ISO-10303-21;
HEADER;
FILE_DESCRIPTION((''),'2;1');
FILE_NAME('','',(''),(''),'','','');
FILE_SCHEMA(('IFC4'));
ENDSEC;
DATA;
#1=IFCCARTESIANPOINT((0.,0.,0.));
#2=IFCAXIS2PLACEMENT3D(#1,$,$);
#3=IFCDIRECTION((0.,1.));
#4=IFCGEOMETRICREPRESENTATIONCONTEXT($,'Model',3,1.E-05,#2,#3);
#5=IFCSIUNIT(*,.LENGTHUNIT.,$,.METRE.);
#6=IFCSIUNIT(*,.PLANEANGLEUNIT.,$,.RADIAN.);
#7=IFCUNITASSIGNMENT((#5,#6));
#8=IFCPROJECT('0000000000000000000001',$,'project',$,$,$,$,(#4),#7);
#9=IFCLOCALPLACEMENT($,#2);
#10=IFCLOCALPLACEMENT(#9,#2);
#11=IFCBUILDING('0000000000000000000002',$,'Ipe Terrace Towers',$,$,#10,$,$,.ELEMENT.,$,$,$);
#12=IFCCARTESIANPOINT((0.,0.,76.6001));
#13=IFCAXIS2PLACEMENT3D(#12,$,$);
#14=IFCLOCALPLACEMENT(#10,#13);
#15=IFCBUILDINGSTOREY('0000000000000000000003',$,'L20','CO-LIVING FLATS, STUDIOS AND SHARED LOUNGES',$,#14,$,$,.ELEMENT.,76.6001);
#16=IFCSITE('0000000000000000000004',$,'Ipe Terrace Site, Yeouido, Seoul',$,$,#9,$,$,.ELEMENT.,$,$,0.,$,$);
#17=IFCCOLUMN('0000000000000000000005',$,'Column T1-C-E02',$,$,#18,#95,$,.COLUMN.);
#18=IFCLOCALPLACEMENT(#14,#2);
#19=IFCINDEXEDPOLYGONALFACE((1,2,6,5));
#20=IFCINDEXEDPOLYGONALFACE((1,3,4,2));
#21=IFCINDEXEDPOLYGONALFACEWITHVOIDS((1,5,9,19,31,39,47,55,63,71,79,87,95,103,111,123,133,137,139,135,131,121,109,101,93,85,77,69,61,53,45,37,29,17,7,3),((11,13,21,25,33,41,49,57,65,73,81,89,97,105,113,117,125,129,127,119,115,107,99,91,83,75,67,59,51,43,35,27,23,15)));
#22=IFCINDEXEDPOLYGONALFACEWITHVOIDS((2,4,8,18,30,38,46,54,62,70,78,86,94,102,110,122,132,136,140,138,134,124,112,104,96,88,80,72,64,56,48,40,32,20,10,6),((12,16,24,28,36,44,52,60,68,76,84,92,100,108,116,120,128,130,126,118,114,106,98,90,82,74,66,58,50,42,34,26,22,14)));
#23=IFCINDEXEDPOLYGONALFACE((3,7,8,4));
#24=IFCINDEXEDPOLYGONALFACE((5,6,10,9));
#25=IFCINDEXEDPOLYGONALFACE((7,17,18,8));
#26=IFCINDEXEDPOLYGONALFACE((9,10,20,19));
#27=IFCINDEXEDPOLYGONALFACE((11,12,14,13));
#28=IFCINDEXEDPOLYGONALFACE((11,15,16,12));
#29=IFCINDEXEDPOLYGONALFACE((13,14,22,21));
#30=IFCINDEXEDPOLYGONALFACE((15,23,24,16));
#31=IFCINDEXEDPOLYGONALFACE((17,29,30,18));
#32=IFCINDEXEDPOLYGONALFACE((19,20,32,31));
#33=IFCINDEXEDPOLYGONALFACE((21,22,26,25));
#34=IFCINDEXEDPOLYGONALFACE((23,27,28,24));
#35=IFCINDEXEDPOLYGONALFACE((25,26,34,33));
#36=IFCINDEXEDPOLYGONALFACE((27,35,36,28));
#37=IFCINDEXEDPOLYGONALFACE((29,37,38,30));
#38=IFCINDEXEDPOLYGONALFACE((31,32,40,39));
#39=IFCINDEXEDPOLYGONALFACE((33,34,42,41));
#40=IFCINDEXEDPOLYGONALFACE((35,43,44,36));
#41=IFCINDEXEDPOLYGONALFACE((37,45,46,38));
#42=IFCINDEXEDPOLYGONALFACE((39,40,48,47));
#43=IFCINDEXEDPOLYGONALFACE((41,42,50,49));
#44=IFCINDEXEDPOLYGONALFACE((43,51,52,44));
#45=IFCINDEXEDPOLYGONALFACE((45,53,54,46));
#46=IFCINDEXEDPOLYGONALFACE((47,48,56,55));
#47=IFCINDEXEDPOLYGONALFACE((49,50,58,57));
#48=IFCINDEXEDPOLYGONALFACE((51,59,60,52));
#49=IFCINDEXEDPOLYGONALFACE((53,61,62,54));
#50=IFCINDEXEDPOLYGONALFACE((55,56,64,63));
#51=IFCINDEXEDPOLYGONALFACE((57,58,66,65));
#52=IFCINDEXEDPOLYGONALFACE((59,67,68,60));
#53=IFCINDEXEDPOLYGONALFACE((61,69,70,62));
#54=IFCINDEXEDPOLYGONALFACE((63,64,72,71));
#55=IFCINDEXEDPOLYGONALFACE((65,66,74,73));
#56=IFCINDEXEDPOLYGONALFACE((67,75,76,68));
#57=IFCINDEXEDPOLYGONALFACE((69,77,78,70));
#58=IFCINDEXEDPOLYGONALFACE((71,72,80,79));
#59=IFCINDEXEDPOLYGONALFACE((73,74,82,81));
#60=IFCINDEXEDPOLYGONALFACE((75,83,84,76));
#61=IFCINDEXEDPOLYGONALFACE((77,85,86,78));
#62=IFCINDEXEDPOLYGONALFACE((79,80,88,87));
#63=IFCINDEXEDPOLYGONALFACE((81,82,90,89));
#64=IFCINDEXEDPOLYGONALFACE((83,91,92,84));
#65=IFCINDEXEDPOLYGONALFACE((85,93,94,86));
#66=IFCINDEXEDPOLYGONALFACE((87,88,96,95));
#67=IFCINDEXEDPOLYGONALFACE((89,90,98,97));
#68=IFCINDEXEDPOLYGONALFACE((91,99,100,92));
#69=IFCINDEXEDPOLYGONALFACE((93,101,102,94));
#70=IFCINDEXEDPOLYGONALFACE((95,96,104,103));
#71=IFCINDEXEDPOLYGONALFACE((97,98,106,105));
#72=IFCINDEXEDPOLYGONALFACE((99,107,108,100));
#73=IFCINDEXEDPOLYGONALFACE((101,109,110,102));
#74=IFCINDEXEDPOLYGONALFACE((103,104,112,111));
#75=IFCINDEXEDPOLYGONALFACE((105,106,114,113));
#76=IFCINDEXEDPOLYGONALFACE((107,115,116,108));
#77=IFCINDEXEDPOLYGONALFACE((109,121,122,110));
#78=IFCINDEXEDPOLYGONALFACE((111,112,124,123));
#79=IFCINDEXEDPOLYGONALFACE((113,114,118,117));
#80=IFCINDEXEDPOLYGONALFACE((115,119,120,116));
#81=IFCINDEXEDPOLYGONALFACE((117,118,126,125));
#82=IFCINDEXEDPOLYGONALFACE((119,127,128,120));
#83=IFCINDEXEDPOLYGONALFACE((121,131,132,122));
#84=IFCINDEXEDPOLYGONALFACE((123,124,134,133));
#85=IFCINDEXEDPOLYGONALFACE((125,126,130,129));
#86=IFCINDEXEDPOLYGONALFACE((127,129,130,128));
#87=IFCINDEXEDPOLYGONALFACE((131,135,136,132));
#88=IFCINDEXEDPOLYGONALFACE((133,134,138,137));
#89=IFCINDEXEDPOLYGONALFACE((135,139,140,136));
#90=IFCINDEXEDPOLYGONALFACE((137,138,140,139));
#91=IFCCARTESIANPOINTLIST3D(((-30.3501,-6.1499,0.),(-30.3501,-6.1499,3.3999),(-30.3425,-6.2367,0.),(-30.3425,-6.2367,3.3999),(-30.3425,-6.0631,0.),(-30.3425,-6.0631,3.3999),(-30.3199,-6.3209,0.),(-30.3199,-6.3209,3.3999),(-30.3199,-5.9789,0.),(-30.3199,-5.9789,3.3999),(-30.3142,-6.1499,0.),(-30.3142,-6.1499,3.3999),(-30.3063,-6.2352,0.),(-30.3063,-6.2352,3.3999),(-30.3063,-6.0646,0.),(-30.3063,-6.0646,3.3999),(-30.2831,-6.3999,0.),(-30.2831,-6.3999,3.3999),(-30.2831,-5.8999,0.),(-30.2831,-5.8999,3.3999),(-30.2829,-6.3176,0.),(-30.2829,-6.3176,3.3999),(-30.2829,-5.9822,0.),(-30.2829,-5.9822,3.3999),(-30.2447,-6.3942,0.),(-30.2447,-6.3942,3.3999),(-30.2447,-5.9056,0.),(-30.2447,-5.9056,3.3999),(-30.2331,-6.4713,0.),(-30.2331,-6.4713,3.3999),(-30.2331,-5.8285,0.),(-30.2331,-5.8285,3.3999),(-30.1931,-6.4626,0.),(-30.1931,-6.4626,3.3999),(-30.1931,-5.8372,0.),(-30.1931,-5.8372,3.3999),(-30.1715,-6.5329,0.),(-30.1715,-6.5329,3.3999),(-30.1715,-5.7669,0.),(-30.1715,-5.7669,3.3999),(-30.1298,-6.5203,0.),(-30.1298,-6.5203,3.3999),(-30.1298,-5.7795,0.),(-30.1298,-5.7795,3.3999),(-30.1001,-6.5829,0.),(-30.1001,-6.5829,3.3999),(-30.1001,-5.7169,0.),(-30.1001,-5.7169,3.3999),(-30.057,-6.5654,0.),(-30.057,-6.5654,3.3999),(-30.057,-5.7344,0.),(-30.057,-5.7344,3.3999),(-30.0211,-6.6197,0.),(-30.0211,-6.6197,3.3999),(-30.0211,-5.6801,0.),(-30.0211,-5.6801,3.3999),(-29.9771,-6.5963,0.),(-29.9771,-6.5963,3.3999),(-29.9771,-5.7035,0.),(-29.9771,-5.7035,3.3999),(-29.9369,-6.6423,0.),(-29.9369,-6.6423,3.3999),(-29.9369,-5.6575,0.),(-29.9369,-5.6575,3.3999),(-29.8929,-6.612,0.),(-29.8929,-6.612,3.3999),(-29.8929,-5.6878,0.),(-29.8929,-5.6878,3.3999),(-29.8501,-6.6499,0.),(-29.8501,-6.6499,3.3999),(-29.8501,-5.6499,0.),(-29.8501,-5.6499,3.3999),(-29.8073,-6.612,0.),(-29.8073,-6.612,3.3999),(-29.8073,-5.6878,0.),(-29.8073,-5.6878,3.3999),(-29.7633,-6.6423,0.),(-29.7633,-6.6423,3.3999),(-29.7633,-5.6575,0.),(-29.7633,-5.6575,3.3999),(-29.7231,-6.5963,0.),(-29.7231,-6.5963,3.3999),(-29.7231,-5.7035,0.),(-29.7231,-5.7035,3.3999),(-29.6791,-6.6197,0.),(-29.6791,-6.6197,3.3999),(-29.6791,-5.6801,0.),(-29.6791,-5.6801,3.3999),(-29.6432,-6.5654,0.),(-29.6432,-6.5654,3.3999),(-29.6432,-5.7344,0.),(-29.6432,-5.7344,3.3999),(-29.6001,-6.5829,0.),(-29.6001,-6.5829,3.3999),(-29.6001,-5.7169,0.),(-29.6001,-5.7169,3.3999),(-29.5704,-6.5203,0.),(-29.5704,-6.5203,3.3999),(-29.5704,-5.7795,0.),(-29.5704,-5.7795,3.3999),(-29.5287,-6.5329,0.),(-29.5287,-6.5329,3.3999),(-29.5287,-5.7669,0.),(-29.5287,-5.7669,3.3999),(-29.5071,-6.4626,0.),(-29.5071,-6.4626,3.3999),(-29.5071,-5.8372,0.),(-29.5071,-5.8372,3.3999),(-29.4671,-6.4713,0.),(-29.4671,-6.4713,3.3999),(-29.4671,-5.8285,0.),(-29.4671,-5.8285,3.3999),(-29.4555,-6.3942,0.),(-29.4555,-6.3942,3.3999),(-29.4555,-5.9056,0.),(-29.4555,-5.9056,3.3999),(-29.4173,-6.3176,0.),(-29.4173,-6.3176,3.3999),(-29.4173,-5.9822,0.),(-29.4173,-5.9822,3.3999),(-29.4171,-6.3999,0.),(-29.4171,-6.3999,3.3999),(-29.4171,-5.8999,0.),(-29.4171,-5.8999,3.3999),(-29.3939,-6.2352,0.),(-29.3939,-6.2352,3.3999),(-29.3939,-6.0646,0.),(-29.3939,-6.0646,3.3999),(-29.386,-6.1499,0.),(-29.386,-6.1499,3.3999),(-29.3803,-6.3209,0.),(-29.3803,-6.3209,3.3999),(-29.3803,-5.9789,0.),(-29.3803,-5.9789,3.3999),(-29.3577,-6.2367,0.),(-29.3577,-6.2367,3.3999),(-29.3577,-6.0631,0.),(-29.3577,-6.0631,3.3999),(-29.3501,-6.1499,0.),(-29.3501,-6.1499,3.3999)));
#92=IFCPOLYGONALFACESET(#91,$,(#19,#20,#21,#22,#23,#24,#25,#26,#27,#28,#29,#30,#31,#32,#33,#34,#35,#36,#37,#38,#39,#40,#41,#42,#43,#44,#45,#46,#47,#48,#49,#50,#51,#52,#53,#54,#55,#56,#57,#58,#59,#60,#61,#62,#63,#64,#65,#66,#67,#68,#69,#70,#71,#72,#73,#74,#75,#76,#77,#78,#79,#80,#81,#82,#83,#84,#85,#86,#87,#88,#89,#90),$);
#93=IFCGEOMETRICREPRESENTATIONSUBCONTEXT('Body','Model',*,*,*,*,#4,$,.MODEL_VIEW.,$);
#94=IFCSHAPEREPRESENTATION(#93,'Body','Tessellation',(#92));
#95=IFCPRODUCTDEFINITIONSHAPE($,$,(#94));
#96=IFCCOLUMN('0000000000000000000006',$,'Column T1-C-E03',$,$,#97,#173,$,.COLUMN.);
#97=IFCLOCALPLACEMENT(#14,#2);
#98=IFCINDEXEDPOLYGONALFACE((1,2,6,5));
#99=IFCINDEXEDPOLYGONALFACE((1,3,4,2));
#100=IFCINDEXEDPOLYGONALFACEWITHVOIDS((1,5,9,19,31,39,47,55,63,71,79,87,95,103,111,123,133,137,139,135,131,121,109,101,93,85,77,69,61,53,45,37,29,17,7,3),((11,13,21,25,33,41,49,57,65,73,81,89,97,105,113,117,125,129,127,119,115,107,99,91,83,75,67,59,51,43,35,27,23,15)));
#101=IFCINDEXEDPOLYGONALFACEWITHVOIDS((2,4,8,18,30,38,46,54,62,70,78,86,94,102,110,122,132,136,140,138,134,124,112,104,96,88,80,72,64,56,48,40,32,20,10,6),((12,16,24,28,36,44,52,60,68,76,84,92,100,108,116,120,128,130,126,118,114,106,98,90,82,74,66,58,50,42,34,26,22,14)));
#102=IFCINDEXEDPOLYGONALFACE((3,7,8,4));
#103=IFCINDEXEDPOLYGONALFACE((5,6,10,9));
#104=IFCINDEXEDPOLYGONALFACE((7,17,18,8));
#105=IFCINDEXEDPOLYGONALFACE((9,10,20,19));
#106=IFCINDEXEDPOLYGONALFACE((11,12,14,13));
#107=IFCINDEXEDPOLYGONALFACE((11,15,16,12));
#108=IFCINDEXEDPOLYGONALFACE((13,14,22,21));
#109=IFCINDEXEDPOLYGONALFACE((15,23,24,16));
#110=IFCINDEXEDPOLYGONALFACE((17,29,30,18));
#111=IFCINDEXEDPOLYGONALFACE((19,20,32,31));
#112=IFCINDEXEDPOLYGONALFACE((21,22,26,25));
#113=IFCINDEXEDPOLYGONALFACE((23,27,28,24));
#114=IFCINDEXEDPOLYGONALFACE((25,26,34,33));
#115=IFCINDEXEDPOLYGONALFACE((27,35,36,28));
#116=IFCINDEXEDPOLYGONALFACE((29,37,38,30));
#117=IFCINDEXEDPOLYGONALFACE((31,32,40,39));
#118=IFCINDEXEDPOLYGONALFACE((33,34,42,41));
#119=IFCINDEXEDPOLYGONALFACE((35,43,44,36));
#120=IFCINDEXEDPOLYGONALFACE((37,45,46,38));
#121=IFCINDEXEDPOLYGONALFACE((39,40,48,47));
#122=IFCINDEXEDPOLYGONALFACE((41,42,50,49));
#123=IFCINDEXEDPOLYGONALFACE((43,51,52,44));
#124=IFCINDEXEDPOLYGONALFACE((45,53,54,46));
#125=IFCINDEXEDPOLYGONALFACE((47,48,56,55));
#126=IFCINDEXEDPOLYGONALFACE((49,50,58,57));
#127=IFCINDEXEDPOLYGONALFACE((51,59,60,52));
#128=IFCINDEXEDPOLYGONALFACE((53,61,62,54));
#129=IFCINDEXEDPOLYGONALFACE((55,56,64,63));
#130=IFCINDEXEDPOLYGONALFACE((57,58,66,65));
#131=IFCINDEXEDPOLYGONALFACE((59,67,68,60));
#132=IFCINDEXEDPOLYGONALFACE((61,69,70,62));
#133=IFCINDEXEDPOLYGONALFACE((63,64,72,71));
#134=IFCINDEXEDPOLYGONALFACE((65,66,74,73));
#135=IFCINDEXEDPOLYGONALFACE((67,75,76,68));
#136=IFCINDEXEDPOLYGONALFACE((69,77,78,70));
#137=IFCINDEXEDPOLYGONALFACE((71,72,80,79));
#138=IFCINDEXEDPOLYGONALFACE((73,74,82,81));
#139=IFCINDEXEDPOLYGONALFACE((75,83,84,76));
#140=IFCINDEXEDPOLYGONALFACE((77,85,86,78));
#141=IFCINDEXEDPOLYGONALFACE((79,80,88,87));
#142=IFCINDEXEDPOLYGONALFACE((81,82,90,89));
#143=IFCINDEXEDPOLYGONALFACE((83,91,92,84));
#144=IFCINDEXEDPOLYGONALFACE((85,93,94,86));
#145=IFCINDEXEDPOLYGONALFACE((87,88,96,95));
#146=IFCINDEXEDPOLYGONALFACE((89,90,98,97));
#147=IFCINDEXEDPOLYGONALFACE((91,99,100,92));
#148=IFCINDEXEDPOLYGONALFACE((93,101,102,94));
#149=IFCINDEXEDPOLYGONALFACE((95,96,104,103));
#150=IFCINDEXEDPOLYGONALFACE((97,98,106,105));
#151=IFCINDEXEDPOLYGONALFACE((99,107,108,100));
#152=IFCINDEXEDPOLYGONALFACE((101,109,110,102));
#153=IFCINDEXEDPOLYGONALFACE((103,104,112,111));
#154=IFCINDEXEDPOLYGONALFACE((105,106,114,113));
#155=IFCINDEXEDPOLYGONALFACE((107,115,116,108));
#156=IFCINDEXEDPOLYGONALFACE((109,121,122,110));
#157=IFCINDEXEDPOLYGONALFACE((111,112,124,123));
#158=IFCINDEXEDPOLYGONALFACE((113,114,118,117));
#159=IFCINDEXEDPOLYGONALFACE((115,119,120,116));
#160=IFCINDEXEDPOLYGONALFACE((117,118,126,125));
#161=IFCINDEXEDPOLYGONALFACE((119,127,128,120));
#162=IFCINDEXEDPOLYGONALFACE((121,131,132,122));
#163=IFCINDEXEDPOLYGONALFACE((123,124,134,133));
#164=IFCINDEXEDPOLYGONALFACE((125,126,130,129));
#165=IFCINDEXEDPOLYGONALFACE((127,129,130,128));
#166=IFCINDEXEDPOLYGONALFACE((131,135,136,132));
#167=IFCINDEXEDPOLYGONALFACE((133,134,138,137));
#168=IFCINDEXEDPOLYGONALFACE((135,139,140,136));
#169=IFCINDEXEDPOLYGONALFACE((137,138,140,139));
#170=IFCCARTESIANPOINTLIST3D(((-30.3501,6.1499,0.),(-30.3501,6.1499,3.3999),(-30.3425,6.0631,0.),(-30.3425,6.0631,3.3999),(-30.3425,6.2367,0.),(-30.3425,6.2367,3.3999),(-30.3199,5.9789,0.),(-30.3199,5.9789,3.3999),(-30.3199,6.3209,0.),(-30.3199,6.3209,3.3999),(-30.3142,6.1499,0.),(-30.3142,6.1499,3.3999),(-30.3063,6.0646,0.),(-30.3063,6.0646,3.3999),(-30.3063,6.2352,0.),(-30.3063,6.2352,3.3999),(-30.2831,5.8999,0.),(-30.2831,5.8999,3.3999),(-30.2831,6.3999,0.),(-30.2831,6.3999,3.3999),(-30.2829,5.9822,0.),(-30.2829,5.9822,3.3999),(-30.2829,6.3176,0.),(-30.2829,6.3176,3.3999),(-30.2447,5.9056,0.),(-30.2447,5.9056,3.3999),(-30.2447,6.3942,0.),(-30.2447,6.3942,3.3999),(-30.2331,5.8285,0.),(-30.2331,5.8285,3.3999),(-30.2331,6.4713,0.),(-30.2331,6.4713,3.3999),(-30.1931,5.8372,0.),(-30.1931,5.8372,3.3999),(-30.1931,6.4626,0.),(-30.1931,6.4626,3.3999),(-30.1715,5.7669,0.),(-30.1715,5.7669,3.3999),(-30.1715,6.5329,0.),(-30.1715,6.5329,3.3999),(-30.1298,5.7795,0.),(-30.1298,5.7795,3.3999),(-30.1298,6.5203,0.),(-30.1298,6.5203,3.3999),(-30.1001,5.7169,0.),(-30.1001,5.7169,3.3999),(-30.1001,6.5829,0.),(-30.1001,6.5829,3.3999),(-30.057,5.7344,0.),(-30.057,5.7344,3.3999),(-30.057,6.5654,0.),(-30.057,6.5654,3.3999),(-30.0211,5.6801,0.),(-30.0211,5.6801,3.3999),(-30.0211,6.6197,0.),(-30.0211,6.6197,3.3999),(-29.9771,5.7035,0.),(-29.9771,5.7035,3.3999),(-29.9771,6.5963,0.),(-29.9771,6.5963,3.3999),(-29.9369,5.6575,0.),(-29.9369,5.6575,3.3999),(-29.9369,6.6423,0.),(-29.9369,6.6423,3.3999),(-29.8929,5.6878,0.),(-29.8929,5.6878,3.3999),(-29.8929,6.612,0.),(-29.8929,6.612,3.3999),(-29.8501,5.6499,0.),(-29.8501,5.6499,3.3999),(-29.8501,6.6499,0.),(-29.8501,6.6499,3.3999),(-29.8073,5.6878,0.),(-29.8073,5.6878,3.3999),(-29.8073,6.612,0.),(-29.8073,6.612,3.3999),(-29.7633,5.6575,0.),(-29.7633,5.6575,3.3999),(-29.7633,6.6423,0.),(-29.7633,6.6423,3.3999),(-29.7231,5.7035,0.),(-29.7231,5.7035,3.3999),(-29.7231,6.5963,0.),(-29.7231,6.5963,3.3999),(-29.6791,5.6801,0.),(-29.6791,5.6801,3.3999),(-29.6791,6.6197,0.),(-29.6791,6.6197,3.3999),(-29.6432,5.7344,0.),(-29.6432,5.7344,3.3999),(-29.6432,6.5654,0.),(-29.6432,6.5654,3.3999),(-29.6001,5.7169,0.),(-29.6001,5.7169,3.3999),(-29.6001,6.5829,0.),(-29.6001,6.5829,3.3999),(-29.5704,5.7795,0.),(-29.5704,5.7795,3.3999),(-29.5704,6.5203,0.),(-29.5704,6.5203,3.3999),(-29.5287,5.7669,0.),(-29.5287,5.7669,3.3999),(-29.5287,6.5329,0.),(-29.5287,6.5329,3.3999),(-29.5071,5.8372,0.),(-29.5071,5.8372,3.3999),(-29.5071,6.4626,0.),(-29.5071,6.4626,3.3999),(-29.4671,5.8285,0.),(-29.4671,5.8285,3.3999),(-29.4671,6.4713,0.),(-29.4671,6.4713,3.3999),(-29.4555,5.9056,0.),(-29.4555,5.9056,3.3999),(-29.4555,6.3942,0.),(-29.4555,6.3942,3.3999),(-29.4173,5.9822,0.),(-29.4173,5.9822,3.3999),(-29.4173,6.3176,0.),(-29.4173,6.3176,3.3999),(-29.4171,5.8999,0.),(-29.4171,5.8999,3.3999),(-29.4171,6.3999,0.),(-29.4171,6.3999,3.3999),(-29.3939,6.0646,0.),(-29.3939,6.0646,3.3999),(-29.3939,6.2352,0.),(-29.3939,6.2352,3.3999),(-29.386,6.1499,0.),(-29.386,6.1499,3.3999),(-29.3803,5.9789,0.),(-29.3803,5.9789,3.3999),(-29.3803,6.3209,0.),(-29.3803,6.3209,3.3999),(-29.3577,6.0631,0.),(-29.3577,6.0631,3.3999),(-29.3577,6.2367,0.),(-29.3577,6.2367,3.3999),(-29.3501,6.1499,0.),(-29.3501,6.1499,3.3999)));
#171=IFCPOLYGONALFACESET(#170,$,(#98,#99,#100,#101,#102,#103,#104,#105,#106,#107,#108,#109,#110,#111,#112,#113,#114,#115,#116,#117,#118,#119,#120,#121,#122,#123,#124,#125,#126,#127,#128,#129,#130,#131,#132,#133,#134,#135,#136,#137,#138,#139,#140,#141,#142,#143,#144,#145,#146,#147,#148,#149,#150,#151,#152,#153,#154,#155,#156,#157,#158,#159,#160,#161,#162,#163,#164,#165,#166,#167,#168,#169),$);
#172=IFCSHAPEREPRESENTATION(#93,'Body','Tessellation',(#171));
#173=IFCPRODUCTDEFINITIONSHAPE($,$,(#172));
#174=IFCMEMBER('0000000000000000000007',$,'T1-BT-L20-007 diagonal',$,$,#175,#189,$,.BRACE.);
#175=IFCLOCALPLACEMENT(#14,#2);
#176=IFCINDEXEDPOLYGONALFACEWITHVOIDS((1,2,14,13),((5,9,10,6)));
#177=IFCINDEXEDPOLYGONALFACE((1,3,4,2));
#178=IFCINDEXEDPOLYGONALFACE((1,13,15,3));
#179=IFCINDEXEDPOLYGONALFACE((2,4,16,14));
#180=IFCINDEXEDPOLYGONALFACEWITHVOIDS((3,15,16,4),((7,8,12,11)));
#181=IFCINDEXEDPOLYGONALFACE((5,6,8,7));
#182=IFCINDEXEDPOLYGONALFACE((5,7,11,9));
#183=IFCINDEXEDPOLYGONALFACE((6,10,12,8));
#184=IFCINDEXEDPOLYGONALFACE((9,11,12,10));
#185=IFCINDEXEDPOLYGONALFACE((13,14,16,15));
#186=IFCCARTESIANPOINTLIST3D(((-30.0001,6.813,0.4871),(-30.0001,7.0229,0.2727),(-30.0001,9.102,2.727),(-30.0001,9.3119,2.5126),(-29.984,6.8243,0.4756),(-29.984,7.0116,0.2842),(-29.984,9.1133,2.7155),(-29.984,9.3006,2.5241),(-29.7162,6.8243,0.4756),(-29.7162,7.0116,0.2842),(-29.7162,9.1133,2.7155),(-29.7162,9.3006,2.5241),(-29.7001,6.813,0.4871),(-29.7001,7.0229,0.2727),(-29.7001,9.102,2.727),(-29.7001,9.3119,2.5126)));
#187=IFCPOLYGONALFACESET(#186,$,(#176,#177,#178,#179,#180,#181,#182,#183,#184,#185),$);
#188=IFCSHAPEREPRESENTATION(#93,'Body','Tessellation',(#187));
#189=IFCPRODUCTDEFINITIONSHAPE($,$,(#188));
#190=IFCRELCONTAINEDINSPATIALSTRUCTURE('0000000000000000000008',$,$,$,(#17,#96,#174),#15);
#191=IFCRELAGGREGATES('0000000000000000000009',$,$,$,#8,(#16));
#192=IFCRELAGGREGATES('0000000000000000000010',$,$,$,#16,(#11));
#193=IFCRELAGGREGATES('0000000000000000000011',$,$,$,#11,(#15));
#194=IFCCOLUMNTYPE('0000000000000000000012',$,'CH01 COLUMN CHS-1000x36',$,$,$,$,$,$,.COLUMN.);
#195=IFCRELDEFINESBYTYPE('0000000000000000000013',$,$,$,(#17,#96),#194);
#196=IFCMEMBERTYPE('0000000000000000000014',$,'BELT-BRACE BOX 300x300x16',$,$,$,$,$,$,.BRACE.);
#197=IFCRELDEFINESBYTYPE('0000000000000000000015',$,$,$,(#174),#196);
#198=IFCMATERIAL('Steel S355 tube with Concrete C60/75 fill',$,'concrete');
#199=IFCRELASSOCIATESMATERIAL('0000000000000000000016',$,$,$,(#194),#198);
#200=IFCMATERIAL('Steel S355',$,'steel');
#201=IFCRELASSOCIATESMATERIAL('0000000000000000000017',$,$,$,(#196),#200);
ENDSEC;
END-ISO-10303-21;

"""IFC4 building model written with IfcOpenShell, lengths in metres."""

from ifc_helpers import new_model, si_unit, direction, frame, origin, origin_2d, place, context, subcontext, project, spatial, hollow_rectangle, hollow_circle, extrude, material, material_profile, profile_set, type_object, element, save


model = new_model("IFC4")

# Units and contexts
model_context = context("Model", 3, precision=1e-05, world=origin(), true_north=direction((0.0, 1.0)))
body_context = subcontext(model_context, "Body", "Model", "MODEL_VIEW")
ifc_project = project(units=[si_unit("LENGTHUNIT", "METRE"), si_unit("PLANEANGLEUNIT", "RADIAN")], contexts=[model_context])

# Site, building, storey
site_placement = place(None, origin())
site = spatial("IfcSite", under=ifc_project, at=site_placement, Name="Ipe Terrace Site, Yeouido, Seoul", CompositionType="ELEMENT", RefElevation=0.0)
building_placement = place(site_placement, origin())
building = spatial("IfcBuilding", under=site, at=building_placement, Name="Ipe Terrace Towers", CompositionType="ELEMENT")
storey_placement = place(building_placement, frame((0.0, 0.0, 76.6001)))
storey = spatial("IfcBuildingStorey", under=building, at=storey_placement, Name="L20", Description="CO-LIVING FLATS, STUDIOS AND SHARED LOUNGES", CompositionType="ELEMENT", Elevation=76.6001)

# Columns
ifc_material_1 = material(Name="Steel S355 tube with Concrete C60/75 fill", Category="concrete")
ifc_material_profile_1 = material_profile(ifc_material_1, hollow_circle(Radius=0.5, WallThickness=0.0359, at=origin_2d()), Name="CHS-1000x36")
ifc_profile_set_1 = profile_set([ifc_material_profile_1], Name="Steel S355 tube with Concrete C60/75 fill")
column_type = type_object("IfcColumnType", Name="CH01 COLUMN CHS-1000x36", PredefinedType="COLUMN", material=ifc_profile_set_1)
for number, where, z_axis, x_axis, name in (
    (1, (-29.8501, -6.1499, 0.0), (0.0, 0.0, 1.0), (1.0, 0.0, 0.0), "Column T1-C-E02"),
    (2, (-29.8501, 6.1499, 0.0), (0.0, 0.0, 1.0), (1.0, 0.0, 0.0), "Column T1-C-E03"),
):
    element("IfcColumn", number, at=place(storey_placement, frame(where, z_axis=z_axis, x_axis=x_axis)), inside=storey, type_object=column_type, Name=name, PredefinedType="COLUMN", context=body_context, shape_type="SweptSolid", body=[
        extrude(hollow_circle(Radius=0.5, WallThickness=0.0359, at=origin_2d()), origin(), (0.0, 0.0, 1.0), 3.3999),
    ])

# Member
ifc_material_2 = material(Name="Steel S355", Category="steel")
ifc_material_profile_2 = material_profile(ifc_material_2, hollow_rectangle(XDim=0.3, YDim=0.3, WallThickness=0.0161, at=origin_2d()), Name="BELT-BRACE BOX 300x300x16")
ifc_profile_set_2 = profile_set([ifc_material_profile_2], Name="Steel S355")
member_type_1 = type_object("IfcMemberType", Name="BELT-BRACE BOX 300x300x16", PredefinedType="BRACE", material=ifc_profile_set_2)
member_1_placement = place(storey_placement, frame((-29.8501, 6.918, 0.3799), z_axis=(0.0, 0.714726, 0.699404), x_axis=(-1.0, 0.0, 0.0)))
element("IfcMember", 3, at=member_1_placement, inside=storey, type_object=member_type_1, Name="T1-BT-L20-007 diagonal", PredefinedType="BRACE", context=body_context, shape_type="SweptSolid", body=[
    extrude(hollow_rectangle(XDim=0.3, YDim=0.3, WallThickness=0.0161, at=origin_2d()), origin(), (0.0, 0.0, 1.0), 3.2026),
])

save(model, "model.ifc")
